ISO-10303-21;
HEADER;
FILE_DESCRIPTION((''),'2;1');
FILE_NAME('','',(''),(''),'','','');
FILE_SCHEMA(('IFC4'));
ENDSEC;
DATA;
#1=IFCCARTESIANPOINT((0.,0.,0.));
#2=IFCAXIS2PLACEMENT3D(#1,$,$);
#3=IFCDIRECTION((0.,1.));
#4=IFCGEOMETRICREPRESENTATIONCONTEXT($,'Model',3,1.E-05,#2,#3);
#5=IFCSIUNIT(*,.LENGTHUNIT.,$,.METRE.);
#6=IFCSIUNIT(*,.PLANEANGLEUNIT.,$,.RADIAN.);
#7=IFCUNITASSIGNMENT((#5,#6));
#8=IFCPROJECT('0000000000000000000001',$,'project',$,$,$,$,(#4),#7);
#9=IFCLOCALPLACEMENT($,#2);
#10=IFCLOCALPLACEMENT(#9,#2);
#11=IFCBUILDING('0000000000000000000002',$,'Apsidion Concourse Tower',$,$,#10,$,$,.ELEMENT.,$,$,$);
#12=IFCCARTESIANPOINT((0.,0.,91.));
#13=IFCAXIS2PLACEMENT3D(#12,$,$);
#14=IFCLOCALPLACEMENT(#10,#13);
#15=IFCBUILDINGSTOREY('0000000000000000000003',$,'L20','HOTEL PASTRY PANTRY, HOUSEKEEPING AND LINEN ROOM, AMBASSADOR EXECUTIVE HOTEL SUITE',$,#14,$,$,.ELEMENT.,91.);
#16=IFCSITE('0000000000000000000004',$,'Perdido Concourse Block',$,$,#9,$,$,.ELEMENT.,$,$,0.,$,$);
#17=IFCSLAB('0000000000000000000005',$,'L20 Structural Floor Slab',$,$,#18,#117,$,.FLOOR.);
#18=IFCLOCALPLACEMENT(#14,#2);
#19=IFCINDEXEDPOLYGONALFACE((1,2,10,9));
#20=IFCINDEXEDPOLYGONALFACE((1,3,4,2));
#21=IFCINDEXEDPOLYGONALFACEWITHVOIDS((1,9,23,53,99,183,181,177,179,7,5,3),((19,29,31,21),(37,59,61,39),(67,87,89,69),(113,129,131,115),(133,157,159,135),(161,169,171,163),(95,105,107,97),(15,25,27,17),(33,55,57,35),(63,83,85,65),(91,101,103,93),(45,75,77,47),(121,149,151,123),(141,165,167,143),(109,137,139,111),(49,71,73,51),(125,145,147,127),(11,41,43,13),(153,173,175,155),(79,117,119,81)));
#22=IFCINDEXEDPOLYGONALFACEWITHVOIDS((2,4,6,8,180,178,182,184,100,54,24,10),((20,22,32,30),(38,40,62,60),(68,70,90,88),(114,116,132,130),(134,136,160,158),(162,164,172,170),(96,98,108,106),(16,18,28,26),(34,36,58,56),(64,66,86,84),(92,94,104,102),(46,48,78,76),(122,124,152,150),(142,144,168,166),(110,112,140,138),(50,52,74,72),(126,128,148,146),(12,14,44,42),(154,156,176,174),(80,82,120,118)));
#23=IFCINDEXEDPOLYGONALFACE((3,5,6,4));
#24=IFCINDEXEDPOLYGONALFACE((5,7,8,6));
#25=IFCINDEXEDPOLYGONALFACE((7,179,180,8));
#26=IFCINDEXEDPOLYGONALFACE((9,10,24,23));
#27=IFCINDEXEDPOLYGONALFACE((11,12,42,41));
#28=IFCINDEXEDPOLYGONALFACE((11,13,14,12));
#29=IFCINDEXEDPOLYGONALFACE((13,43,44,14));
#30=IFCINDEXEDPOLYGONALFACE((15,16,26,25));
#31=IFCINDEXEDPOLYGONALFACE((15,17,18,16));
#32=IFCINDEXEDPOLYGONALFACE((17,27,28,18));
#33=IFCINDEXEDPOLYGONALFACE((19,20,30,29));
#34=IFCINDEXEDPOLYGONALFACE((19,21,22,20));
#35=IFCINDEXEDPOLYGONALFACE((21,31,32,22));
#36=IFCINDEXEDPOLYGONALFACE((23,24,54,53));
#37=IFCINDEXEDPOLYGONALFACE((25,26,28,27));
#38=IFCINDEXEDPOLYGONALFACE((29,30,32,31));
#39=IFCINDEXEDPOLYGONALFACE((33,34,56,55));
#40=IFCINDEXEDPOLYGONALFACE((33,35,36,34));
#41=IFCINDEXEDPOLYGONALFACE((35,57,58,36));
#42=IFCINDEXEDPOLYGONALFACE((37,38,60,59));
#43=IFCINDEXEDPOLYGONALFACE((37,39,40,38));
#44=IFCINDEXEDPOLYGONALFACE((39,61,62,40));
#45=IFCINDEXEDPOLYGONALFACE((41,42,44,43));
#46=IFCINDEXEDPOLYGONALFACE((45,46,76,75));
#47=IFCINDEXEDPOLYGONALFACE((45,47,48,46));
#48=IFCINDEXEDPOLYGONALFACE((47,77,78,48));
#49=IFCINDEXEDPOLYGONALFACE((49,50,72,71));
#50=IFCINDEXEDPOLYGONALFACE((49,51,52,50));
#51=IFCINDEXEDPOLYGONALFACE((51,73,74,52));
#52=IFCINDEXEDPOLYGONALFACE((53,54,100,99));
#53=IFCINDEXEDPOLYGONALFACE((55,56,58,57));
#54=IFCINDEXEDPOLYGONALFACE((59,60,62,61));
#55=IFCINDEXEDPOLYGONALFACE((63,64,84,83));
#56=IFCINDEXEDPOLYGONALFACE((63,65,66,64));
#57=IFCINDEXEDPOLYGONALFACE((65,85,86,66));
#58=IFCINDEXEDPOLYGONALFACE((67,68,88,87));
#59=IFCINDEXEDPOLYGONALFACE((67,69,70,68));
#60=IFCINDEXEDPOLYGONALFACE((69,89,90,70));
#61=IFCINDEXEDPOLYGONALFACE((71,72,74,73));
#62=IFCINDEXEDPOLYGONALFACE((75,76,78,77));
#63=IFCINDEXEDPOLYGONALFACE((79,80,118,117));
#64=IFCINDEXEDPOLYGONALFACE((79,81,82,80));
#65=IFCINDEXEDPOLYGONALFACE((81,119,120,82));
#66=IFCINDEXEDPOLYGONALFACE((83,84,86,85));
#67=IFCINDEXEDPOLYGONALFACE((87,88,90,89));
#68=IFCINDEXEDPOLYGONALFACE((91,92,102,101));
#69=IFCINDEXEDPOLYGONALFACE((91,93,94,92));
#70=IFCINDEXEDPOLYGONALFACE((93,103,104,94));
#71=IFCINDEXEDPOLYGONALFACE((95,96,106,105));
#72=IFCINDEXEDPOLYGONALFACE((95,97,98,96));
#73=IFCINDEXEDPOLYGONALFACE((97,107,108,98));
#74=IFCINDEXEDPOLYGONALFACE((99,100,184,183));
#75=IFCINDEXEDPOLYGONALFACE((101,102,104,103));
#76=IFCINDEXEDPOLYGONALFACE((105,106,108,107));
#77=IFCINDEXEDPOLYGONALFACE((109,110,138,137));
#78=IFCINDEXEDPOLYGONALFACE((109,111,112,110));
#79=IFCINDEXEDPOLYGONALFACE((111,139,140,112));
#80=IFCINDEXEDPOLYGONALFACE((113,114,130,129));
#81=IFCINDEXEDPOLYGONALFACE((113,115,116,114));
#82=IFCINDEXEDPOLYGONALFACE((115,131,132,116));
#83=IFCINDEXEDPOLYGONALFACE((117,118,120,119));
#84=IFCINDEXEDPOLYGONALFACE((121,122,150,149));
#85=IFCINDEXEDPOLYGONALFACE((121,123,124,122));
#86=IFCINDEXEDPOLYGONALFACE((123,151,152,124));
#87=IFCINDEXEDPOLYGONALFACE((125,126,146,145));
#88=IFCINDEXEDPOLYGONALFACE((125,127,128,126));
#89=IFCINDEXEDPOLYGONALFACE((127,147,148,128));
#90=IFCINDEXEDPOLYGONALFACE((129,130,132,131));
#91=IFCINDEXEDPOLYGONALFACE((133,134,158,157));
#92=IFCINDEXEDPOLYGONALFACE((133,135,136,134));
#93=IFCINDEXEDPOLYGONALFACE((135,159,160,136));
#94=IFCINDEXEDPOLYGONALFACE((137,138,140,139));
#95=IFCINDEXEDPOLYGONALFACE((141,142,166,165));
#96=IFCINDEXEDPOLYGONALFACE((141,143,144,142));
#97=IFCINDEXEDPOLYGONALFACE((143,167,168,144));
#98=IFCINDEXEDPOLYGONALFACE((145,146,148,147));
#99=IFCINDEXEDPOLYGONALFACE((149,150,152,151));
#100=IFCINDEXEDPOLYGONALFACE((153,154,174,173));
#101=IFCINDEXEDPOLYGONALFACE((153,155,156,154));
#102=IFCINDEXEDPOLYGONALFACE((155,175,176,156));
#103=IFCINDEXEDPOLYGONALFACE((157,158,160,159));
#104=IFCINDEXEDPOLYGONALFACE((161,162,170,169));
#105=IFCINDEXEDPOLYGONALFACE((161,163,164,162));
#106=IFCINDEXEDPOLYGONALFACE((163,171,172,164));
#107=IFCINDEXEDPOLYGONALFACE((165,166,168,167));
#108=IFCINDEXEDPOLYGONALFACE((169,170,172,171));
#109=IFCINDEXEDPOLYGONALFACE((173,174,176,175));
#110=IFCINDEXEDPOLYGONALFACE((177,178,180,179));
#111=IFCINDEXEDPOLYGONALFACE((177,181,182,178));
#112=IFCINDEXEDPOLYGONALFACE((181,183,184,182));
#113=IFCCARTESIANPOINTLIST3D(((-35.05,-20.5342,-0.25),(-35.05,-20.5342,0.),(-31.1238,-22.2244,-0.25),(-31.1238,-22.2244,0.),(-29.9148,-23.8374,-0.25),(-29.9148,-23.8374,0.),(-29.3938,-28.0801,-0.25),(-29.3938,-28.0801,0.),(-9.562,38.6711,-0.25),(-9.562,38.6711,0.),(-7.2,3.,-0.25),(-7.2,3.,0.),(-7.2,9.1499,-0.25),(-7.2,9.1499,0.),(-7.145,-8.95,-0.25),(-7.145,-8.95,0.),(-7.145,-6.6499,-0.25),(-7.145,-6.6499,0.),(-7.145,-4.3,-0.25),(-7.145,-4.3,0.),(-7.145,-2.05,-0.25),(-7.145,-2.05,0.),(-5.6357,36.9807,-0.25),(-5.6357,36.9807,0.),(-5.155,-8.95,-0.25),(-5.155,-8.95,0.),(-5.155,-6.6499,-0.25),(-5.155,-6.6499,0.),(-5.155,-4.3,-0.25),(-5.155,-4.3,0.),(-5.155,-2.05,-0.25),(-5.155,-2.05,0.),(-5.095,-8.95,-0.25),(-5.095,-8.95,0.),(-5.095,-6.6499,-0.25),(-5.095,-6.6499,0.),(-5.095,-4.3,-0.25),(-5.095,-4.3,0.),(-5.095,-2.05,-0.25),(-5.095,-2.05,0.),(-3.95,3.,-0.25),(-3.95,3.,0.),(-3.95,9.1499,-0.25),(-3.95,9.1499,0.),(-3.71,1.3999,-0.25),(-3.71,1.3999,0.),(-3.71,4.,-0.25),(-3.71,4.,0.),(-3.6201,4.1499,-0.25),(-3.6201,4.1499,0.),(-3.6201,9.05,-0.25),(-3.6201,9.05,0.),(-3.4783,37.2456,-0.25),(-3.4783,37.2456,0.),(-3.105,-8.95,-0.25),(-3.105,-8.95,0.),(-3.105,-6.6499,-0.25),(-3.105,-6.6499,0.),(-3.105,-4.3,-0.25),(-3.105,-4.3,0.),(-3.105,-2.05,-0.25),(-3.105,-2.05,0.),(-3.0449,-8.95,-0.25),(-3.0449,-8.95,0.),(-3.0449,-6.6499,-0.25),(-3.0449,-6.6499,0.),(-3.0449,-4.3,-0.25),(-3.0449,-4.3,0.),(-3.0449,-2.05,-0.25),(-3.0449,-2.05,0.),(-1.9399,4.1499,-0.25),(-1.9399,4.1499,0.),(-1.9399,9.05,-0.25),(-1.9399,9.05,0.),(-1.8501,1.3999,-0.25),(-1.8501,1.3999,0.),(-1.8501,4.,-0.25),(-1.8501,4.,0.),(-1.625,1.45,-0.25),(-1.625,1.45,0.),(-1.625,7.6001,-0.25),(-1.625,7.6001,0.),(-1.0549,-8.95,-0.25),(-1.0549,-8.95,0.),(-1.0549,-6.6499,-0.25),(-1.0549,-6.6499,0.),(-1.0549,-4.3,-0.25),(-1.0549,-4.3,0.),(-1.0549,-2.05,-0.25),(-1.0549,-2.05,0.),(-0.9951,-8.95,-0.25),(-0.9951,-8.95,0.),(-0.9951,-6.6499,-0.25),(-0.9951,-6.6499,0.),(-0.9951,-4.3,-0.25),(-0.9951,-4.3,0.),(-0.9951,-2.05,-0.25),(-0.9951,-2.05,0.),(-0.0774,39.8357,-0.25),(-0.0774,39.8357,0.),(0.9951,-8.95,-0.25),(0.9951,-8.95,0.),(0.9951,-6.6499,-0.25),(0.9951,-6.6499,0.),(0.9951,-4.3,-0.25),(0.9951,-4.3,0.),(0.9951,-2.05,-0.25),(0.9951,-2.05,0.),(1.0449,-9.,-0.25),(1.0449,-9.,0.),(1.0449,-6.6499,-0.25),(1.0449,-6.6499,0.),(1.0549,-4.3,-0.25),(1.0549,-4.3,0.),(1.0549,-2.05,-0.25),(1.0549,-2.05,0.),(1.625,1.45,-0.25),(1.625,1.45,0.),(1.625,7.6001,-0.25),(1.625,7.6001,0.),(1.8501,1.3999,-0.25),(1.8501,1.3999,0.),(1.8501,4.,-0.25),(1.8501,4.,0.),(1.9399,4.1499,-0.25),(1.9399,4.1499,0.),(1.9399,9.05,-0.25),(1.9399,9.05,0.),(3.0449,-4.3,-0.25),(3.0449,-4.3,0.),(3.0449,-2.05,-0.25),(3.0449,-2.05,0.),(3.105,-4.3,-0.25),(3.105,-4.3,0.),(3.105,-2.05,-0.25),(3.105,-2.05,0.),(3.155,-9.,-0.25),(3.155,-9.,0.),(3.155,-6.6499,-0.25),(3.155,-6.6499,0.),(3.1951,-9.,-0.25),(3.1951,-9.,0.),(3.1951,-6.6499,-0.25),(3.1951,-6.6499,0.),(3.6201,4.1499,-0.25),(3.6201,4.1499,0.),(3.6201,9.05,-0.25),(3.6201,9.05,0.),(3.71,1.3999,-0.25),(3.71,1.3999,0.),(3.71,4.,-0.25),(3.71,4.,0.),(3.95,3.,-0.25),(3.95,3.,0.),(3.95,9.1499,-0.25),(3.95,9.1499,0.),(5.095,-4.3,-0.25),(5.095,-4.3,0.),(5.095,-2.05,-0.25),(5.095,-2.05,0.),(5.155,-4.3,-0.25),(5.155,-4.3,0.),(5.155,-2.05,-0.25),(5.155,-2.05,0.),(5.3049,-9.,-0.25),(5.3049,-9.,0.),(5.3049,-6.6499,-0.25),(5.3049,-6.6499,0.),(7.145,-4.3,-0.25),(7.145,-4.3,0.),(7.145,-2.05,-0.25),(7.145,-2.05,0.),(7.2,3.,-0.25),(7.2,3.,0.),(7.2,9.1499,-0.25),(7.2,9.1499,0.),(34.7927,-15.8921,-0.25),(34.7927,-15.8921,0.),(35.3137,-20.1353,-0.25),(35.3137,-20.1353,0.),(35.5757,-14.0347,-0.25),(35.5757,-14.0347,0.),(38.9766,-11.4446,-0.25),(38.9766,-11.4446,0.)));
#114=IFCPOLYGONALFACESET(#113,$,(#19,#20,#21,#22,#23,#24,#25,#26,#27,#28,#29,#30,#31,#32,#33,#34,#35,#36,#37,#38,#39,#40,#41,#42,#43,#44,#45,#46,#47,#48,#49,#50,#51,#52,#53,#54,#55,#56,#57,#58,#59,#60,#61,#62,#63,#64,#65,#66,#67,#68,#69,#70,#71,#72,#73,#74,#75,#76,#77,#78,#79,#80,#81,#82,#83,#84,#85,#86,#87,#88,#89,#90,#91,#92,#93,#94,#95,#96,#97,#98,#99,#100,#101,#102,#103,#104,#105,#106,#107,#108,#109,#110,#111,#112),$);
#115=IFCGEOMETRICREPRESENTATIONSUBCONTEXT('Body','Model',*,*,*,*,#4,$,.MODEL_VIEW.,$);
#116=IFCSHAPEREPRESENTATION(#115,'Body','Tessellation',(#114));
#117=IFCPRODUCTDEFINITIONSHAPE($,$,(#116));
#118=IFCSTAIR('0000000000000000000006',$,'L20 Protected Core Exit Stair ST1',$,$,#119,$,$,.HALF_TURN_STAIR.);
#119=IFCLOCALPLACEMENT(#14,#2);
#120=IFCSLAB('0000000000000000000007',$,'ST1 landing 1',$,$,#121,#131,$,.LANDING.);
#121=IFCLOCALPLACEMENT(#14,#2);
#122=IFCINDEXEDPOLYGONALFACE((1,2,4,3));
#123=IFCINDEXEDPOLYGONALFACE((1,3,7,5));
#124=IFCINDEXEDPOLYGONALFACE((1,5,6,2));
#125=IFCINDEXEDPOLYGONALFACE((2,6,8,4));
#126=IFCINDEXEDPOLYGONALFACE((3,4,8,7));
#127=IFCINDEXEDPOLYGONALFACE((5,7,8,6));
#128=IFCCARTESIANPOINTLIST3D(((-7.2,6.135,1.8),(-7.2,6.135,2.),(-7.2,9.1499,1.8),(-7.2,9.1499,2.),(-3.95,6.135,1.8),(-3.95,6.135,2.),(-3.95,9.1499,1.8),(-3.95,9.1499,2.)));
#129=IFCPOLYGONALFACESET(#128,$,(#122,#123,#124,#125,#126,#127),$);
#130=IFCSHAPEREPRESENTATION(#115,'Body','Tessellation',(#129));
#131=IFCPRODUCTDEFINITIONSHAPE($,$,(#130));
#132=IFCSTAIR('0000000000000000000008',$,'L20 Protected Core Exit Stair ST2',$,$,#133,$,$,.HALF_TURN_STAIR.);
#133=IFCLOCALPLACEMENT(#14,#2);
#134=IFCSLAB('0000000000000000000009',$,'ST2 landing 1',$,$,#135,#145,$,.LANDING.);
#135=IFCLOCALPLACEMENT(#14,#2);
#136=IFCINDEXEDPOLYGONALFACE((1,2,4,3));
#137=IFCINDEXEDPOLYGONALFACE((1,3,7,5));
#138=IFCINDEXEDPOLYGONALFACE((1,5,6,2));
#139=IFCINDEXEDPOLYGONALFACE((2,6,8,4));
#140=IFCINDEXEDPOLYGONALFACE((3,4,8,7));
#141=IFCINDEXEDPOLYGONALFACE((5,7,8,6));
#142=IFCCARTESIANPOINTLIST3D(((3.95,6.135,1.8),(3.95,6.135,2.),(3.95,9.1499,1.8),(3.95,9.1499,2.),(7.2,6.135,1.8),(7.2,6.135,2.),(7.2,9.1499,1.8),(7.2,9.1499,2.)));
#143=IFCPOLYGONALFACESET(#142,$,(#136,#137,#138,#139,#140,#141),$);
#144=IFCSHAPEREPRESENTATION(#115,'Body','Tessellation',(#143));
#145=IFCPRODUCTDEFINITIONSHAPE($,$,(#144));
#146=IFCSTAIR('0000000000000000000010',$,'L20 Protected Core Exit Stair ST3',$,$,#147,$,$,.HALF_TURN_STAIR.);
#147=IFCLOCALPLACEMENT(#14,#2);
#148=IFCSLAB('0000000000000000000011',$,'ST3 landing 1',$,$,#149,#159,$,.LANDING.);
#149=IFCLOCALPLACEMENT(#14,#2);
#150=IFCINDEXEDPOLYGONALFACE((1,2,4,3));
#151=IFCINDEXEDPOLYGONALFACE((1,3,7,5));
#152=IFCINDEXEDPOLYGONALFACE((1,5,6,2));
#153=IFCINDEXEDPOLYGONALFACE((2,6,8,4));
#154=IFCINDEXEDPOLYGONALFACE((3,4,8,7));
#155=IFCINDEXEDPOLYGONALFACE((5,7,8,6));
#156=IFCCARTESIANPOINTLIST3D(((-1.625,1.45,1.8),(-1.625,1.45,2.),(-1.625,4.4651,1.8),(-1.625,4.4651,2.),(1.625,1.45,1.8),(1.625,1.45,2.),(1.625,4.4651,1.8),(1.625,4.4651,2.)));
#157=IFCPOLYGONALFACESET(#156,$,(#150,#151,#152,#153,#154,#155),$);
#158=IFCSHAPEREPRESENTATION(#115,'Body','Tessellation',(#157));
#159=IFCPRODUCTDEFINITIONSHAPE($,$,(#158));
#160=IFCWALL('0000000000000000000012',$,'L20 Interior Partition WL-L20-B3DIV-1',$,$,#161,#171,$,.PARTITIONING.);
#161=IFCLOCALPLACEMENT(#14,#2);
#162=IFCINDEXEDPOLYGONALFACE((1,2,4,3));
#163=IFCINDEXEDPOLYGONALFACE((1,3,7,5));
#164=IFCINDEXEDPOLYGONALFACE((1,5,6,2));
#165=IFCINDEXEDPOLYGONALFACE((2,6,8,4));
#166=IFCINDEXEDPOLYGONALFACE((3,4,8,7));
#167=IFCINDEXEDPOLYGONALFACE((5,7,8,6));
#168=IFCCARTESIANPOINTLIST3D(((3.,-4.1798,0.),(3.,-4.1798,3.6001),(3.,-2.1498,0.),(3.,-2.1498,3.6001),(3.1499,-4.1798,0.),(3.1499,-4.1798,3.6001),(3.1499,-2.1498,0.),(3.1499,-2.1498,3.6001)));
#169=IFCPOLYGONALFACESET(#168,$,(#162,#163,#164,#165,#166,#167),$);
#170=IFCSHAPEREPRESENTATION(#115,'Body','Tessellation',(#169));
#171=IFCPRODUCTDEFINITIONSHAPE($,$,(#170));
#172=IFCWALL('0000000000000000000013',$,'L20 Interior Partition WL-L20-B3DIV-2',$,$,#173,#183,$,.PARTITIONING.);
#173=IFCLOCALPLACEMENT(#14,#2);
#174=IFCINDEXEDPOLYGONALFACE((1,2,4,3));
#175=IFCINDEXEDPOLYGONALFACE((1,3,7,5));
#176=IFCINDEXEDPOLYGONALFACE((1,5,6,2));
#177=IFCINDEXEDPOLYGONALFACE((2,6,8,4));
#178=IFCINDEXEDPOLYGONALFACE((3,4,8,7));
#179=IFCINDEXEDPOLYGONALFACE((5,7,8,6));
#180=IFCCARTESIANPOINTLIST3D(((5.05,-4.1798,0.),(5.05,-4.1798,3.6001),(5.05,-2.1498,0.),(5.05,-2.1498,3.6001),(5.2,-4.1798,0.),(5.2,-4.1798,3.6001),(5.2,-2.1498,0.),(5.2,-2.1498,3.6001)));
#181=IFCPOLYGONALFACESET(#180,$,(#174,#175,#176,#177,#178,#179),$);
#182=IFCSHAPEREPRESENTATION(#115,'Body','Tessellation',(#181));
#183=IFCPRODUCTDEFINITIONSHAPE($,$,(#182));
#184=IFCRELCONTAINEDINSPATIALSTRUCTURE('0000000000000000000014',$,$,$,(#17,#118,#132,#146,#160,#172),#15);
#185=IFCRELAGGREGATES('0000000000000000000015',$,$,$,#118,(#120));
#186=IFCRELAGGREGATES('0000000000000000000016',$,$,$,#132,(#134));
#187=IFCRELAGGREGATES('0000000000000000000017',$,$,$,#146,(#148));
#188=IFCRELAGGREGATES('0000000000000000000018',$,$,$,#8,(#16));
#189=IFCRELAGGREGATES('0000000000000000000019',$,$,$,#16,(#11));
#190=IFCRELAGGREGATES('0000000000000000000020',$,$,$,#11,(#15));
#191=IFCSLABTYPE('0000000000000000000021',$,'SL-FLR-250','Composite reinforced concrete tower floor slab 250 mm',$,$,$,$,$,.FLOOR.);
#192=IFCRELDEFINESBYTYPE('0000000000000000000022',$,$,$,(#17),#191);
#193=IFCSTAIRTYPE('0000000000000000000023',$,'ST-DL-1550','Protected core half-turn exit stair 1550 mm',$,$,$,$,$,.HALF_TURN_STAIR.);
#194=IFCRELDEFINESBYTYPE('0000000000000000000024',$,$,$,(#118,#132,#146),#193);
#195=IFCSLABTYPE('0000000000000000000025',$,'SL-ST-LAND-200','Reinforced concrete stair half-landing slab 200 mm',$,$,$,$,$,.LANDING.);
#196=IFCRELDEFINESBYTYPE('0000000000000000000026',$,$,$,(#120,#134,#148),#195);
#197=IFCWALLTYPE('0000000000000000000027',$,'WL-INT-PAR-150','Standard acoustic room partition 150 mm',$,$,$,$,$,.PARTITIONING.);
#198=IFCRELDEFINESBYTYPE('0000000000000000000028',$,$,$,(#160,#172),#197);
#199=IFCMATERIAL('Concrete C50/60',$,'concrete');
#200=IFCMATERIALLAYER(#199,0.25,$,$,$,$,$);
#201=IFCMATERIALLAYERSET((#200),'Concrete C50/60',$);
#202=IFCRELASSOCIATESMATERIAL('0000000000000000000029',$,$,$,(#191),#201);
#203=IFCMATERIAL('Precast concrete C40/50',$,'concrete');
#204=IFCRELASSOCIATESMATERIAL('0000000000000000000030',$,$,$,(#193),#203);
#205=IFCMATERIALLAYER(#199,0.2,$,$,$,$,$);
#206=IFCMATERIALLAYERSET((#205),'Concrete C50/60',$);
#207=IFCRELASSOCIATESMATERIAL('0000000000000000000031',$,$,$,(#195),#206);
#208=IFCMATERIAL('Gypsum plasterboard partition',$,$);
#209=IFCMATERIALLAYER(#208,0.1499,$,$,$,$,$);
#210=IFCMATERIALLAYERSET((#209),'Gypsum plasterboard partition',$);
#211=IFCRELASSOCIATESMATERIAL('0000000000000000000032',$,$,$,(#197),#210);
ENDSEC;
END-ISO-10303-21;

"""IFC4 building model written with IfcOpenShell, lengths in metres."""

from ifc_helpers import new_model, si_unit, direction, frame, frame_2d, origin, place, context, subcontext, project, spatial, polyline, rectangle, outline, extrude, material, layer, layer_set, type_object, element, aggregate, save


model = new_model("IFC4")

# Units and contexts
model_context = context("Model", 3, precision=1e-05, world=origin(), true_north=direction((0.0, 1.0)))
body_context = subcontext(model_context, "Body", "Model", "MODEL_VIEW")
ifc_project = project(units=[si_unit("LENGTHUNIT", "METRE"), si_unit("PLANEANGLEUNIT", "RADIAN")], contexts=[model_context])

# Site, building, storey
site_placement = place(None, origin())
site = spatial("IfcSite", under=ifc_project, at=site_placement, Name="Perdido Concourse Block", CompositionType="ELEMENT", RefElevation=0.0)
building_placement = place(site_placement, origin())
building = spatial("IfcBuilding", under=site, at=building_placement, Name="Apsidion Concourse Tower", CompositionType="ELEMENT")
storey_placement = place(building_placement, frame((0.0, 0.0, 91.0)))
storey = spatial("IfcBuildingStorey", under=building, at=storey_placement, Name="L20", Description="HOTEL PASTRY PANTRY, HOUSEKEEPING AND LINEN ROOM, AMBASSADOR EXECUTIVE HOTEL SUITE", CompositionType="ELEMENT", Elevation=91.0)

# Shared definitions
ifc_material_1 = material(Name="Concrete C50/60", Category="concrete")

# Slab
ifc_layer_1 = layer(ifc_material_1, 0.25)
ifc_layer_set_1 = layer_set([ifc_layer_1], Name="Concrete C50/60")
slab_type_1 = type_object("IfcSlabType", Name="SL-FLR-250", Description="Composite reinforced concrete tower floor slab 250 mm", PredefinedType="FLOOR", material=ifc_layer_set_1)
slab_1_placement = place(storey_placement, frame((0.0, 0.0, -0.25)))
element("IfcSlab", 1, at=slab_1_placement, inside=storey, type_object=slab_type_1, Name="L20 Structural Floor Slab", PredefinedType="FLOOR", context=body_context, shape_type="SweptSolid", body=[
    extrude(outline(polyline([(-0.0774, 39.8357), (-3.4783, 37.2456), (-5.6357, 36.9807), (-9.562, 38.6711), (-35.05, -20.5342), (-31.1238, -22.2244), (-29.9148, -23.8374), (-29.3938, -28.0801), (35.3137, -20.1353), (34.7927, -15.8921), (35.5757, -14.0347), (38.9766, -11.4446), (-0.0774, 39.8357)]), holes=[polyline([(-3.95, 3.0), (-3.95, 9.1499), (-7.2, 9.1499), (-7.2, 3.0), (-3.95, 3.0)]), polyline([(7.2, 3.0), (7.2, 9.1499), (3.95, 9.1499), (3.95, 3.0), (7.2, 3.0)]), polyline([(-1.625, 7.6001), (-1.625, 1.45), (1.625, 1.45), (1.625, 7.6001), (-1.625, 7.6001)]), polyline([(-7.145, -4.3), (-5.155, -4.3), (-5.155, -2.05), (-7.145, -2.05), (-7.145, -4.3)]), polyline([(-5.095, -4.3), (-3.105, -4.3), (-3.105, -2.05), (-5.095, -2.05), (-5.095, -4.3)]), polyline([(-3.0449, -4.3), (-1.0549, -4.3), (-1.0549, -2.05), (-3.0449, -2.05), (-3.0449, -4.3)]), polyline([(-0.9951, -4.3), (0.9951, -4.3), (0.9951, -2.05), (-0.9951, -2.05), (-0.9951, -4.3)]), polyline([(1.0549, -4.3), (3.0449, -4.3), (3.0449, -2.05), (1.0549, -2.05), (1.0549, -4.3)]), polyline([(3.105, -4.3), (5.095, -4.3), (5.095, -2.05), (3.105, -2.05), (3.105, -4.3)]), polyline([(5.155, -4.3), (7.145, -4.3), (7.145, -2.05), (5.155, -2.05), (5.155, -4.3)]), polyline([(-7.145, -8.95), (-5.155, -8.95), (-5.155, -6.6499), (-7.145, -6.6499), (-7.145, -8.95)]), polyline([(-5.095, -8.95), (-3.105, -8.95), (-3.105, -6.6499), (-5.095, -6.6499), (-5.095, -8.95)]), polyline([(-3.0449, -8.95), (-1.0549, -8.95), (-1.0549, -6.6499), (-3.0449, -6.6499), (-3.0449, -8.95)]), polyline([(-0.9951, -8.95), (0.9951, -8.95), (0.9951, -6.6499), (-0.9951, -6.6499), (-0.9951, -8.95)]), polyline([(1.0449, -9.0), (3.155, -9.0), (3.155, -6.6499), (1.0449, -6.6499), (1.0449, -9.0)]), polyline([(3.1951, -9.0), (5.3049, -9.0), (5.3049, -6.6499), (3.1951, -6.6499), (3.1951, -9.0)]), polyline([(-3.71, 1.3999), (-1.8501, 1.3999), (-1.8501, 4.0), (-3.71, 4.0), (-3.71, 1.3999)]), polyline([(1.8501, 1.3999), (3.71, 1.3999), (3.71, 4.0), (1.8501, 4.0), (1.8501, 1.3999)]), polyline([(-3.6201, 4.1499), (-1.9399, 4.1499), (-1.9399, 9.05), (-3.6201, 9.05), (-3.6201, 4.1499)]), polyline([(1.9399, 4.1499), (3.6201, 4.1499), (3.6201, 9.05), (1.9399, 9.05), (1.9399, 4.1499)])]), origin(), (0.0, 0.0, 1.0), 0.25),
])

# Stairs, slabs
ifc_material_2 = material(Name="Precast concrete C40/50", Category="concrete")
stair_type = type_object("IfcStairType", Name="ST-DL-1550", Description="Protected core half-turn exit stair 1550 mm", PredefinedType="HALF_TURN_STAIR", material=ifc_material_2)
stair_1_placement = place(storey_placement, origin())
stair_1 = element("IfcStair", 2, at=stair_1_placement, inside=storey, type_object=stair_type, Name="L20 Protected Core Exit Stair ST1", PredefinedType="HALF_TURN_STAIR")
ifc_layer_2 = layer(ifc_material_1, 0.2)
ifc_layer_set_2 = layer_set([ifc_layer_2], Name="Concrete C50/60")
slab_type_2 = type_object("IfcSlabType", Name="SL-ST-LAND-200", Description="Reinforced concrete stair half-landing slab 200 mm", PredefinedType="LANDING", material=ifc_layer_set_2)
slab_2_placement = place(storey_placement, frame((0.0, 0.0, 1.8)))
slab_2 = element("IfcSlab", 3, at=slab_2_placement, type_object=slab_type_2, Name="ST1 landing 1", PredefinedType="LANDING", context=body_context, shape_type="SweptSolid", body=[
    extrude(outline(polyline([(-3.95, 6.135), (-3.95, 9.1499), (-7.2, 9.1499), (-7.2, 6.135), (-3.95, 6.135)])), origin(), (0.0, 0.0, 1.0), 0.2),
])
aggregate(stair_1, [slab_2])
stair_2_placement = place(storey_placement, origin())
stair_2 = element("IfcStair", 4, at=stair_2_placement, inside=storey, type_object=stair_type, Name="L20 Protected Core Exit Stair ST2", PredefinedType="HALF_TURN_STAIR")
slab_3_placement = place(storey_placement, frame((0.0, 0.0, 1.8)))
slab_3 = element("IfcSlab", 5, at=slab_3_placement, type_object=slab_type_2, Name="ST2 landing 1", PredefinedType="LANDING", context=body_context, shape_type="SweptSolid", body=[
    extrude(outline(polyline([(7.2, 6.135), (7.2, 9.1499), (3.95, 9.1499), (3.95, 6.135), (7.2, 6.135)])), origin(), (0.0, 0.0, 1.0), 0.2),
])
aggregate(stair_2, [slab_3])
stair_3_placement = place(storey_placement, origin())
stair_3 = element("IfcStair", 6, at=stair_3_placement, inside=storey, type_object=stair_type, Name="L20 Protected Core Exit Stair ST3", PredefinedType="HALF_TURN_STAIR")
slab_4_placement = place(storey_placement, frame((0.0, 0.0, 1.8)))
slab_4 = element("IfcSlab", 7, at=slab_4_placement, type_object=slab_type_2, Name="ST3 landing 1", PredefinedType="LANDING", context=body_context, shape_type="SweptSolid", body=[
    extrude(outline(polyline([(-1.625, 4.4651), (-1.625, 1.45), (1.625, 1.45), (1.625, 4.4651), (-1.625, 4.4651)])), origin(), (0.0, 0.0, 1.0), 0.2),
])
aggregate(stair_3, [slab_4])

# Walls
ifc_material_3 = material(Name="Gypsum plasterboard partition")
ifc_layer_3 = layer(ifc_material_3, 0.1499)
ifc_layer_set_3 = layer_set([ifc_layer_3], Name="Gypsum plasterboard partition")
wall_type_1 = type_object("IfcWallType", Name="WL-INT-PAR-150", Description="Standard acoustic room partition 150 mm", PredefinedType="PARTITIONING", material=ifc_layer_set_3)
for number, where, z_axis, x_axis, name in (
    (8, (3.075, -4.1799, 0.0), (0.0, 0.0, 1.0), (0.0, 1.0, 0.0), "L20 Interior Partition WL-L20-B3DIV-1"),
    (9, (5.125, -4.1799, 0.0), (0.0, 0.0, 1.0), (0.0, 1.0, 0.0), "L20 Interior Partition WL-L20-B3DIV-2"),
):
    element("IfcWall", number, at=place(storey_placement, frame(where, z_axis=z_axis, x_axis=x_axis)), inside=storey, type_object=wall_type_1, Name=name, PredefinedType="PARTITIONING", context=body_context, shape_type="SweptSolid", body=[
        extrude(rectangle(XDim=2.03, YDim=0.1499, at=frame_2d((1.0151, 0.0))), origin(), (0.0, 0.0, 1.0), 3.6001),
    ])

save(model, "model.ifc")
